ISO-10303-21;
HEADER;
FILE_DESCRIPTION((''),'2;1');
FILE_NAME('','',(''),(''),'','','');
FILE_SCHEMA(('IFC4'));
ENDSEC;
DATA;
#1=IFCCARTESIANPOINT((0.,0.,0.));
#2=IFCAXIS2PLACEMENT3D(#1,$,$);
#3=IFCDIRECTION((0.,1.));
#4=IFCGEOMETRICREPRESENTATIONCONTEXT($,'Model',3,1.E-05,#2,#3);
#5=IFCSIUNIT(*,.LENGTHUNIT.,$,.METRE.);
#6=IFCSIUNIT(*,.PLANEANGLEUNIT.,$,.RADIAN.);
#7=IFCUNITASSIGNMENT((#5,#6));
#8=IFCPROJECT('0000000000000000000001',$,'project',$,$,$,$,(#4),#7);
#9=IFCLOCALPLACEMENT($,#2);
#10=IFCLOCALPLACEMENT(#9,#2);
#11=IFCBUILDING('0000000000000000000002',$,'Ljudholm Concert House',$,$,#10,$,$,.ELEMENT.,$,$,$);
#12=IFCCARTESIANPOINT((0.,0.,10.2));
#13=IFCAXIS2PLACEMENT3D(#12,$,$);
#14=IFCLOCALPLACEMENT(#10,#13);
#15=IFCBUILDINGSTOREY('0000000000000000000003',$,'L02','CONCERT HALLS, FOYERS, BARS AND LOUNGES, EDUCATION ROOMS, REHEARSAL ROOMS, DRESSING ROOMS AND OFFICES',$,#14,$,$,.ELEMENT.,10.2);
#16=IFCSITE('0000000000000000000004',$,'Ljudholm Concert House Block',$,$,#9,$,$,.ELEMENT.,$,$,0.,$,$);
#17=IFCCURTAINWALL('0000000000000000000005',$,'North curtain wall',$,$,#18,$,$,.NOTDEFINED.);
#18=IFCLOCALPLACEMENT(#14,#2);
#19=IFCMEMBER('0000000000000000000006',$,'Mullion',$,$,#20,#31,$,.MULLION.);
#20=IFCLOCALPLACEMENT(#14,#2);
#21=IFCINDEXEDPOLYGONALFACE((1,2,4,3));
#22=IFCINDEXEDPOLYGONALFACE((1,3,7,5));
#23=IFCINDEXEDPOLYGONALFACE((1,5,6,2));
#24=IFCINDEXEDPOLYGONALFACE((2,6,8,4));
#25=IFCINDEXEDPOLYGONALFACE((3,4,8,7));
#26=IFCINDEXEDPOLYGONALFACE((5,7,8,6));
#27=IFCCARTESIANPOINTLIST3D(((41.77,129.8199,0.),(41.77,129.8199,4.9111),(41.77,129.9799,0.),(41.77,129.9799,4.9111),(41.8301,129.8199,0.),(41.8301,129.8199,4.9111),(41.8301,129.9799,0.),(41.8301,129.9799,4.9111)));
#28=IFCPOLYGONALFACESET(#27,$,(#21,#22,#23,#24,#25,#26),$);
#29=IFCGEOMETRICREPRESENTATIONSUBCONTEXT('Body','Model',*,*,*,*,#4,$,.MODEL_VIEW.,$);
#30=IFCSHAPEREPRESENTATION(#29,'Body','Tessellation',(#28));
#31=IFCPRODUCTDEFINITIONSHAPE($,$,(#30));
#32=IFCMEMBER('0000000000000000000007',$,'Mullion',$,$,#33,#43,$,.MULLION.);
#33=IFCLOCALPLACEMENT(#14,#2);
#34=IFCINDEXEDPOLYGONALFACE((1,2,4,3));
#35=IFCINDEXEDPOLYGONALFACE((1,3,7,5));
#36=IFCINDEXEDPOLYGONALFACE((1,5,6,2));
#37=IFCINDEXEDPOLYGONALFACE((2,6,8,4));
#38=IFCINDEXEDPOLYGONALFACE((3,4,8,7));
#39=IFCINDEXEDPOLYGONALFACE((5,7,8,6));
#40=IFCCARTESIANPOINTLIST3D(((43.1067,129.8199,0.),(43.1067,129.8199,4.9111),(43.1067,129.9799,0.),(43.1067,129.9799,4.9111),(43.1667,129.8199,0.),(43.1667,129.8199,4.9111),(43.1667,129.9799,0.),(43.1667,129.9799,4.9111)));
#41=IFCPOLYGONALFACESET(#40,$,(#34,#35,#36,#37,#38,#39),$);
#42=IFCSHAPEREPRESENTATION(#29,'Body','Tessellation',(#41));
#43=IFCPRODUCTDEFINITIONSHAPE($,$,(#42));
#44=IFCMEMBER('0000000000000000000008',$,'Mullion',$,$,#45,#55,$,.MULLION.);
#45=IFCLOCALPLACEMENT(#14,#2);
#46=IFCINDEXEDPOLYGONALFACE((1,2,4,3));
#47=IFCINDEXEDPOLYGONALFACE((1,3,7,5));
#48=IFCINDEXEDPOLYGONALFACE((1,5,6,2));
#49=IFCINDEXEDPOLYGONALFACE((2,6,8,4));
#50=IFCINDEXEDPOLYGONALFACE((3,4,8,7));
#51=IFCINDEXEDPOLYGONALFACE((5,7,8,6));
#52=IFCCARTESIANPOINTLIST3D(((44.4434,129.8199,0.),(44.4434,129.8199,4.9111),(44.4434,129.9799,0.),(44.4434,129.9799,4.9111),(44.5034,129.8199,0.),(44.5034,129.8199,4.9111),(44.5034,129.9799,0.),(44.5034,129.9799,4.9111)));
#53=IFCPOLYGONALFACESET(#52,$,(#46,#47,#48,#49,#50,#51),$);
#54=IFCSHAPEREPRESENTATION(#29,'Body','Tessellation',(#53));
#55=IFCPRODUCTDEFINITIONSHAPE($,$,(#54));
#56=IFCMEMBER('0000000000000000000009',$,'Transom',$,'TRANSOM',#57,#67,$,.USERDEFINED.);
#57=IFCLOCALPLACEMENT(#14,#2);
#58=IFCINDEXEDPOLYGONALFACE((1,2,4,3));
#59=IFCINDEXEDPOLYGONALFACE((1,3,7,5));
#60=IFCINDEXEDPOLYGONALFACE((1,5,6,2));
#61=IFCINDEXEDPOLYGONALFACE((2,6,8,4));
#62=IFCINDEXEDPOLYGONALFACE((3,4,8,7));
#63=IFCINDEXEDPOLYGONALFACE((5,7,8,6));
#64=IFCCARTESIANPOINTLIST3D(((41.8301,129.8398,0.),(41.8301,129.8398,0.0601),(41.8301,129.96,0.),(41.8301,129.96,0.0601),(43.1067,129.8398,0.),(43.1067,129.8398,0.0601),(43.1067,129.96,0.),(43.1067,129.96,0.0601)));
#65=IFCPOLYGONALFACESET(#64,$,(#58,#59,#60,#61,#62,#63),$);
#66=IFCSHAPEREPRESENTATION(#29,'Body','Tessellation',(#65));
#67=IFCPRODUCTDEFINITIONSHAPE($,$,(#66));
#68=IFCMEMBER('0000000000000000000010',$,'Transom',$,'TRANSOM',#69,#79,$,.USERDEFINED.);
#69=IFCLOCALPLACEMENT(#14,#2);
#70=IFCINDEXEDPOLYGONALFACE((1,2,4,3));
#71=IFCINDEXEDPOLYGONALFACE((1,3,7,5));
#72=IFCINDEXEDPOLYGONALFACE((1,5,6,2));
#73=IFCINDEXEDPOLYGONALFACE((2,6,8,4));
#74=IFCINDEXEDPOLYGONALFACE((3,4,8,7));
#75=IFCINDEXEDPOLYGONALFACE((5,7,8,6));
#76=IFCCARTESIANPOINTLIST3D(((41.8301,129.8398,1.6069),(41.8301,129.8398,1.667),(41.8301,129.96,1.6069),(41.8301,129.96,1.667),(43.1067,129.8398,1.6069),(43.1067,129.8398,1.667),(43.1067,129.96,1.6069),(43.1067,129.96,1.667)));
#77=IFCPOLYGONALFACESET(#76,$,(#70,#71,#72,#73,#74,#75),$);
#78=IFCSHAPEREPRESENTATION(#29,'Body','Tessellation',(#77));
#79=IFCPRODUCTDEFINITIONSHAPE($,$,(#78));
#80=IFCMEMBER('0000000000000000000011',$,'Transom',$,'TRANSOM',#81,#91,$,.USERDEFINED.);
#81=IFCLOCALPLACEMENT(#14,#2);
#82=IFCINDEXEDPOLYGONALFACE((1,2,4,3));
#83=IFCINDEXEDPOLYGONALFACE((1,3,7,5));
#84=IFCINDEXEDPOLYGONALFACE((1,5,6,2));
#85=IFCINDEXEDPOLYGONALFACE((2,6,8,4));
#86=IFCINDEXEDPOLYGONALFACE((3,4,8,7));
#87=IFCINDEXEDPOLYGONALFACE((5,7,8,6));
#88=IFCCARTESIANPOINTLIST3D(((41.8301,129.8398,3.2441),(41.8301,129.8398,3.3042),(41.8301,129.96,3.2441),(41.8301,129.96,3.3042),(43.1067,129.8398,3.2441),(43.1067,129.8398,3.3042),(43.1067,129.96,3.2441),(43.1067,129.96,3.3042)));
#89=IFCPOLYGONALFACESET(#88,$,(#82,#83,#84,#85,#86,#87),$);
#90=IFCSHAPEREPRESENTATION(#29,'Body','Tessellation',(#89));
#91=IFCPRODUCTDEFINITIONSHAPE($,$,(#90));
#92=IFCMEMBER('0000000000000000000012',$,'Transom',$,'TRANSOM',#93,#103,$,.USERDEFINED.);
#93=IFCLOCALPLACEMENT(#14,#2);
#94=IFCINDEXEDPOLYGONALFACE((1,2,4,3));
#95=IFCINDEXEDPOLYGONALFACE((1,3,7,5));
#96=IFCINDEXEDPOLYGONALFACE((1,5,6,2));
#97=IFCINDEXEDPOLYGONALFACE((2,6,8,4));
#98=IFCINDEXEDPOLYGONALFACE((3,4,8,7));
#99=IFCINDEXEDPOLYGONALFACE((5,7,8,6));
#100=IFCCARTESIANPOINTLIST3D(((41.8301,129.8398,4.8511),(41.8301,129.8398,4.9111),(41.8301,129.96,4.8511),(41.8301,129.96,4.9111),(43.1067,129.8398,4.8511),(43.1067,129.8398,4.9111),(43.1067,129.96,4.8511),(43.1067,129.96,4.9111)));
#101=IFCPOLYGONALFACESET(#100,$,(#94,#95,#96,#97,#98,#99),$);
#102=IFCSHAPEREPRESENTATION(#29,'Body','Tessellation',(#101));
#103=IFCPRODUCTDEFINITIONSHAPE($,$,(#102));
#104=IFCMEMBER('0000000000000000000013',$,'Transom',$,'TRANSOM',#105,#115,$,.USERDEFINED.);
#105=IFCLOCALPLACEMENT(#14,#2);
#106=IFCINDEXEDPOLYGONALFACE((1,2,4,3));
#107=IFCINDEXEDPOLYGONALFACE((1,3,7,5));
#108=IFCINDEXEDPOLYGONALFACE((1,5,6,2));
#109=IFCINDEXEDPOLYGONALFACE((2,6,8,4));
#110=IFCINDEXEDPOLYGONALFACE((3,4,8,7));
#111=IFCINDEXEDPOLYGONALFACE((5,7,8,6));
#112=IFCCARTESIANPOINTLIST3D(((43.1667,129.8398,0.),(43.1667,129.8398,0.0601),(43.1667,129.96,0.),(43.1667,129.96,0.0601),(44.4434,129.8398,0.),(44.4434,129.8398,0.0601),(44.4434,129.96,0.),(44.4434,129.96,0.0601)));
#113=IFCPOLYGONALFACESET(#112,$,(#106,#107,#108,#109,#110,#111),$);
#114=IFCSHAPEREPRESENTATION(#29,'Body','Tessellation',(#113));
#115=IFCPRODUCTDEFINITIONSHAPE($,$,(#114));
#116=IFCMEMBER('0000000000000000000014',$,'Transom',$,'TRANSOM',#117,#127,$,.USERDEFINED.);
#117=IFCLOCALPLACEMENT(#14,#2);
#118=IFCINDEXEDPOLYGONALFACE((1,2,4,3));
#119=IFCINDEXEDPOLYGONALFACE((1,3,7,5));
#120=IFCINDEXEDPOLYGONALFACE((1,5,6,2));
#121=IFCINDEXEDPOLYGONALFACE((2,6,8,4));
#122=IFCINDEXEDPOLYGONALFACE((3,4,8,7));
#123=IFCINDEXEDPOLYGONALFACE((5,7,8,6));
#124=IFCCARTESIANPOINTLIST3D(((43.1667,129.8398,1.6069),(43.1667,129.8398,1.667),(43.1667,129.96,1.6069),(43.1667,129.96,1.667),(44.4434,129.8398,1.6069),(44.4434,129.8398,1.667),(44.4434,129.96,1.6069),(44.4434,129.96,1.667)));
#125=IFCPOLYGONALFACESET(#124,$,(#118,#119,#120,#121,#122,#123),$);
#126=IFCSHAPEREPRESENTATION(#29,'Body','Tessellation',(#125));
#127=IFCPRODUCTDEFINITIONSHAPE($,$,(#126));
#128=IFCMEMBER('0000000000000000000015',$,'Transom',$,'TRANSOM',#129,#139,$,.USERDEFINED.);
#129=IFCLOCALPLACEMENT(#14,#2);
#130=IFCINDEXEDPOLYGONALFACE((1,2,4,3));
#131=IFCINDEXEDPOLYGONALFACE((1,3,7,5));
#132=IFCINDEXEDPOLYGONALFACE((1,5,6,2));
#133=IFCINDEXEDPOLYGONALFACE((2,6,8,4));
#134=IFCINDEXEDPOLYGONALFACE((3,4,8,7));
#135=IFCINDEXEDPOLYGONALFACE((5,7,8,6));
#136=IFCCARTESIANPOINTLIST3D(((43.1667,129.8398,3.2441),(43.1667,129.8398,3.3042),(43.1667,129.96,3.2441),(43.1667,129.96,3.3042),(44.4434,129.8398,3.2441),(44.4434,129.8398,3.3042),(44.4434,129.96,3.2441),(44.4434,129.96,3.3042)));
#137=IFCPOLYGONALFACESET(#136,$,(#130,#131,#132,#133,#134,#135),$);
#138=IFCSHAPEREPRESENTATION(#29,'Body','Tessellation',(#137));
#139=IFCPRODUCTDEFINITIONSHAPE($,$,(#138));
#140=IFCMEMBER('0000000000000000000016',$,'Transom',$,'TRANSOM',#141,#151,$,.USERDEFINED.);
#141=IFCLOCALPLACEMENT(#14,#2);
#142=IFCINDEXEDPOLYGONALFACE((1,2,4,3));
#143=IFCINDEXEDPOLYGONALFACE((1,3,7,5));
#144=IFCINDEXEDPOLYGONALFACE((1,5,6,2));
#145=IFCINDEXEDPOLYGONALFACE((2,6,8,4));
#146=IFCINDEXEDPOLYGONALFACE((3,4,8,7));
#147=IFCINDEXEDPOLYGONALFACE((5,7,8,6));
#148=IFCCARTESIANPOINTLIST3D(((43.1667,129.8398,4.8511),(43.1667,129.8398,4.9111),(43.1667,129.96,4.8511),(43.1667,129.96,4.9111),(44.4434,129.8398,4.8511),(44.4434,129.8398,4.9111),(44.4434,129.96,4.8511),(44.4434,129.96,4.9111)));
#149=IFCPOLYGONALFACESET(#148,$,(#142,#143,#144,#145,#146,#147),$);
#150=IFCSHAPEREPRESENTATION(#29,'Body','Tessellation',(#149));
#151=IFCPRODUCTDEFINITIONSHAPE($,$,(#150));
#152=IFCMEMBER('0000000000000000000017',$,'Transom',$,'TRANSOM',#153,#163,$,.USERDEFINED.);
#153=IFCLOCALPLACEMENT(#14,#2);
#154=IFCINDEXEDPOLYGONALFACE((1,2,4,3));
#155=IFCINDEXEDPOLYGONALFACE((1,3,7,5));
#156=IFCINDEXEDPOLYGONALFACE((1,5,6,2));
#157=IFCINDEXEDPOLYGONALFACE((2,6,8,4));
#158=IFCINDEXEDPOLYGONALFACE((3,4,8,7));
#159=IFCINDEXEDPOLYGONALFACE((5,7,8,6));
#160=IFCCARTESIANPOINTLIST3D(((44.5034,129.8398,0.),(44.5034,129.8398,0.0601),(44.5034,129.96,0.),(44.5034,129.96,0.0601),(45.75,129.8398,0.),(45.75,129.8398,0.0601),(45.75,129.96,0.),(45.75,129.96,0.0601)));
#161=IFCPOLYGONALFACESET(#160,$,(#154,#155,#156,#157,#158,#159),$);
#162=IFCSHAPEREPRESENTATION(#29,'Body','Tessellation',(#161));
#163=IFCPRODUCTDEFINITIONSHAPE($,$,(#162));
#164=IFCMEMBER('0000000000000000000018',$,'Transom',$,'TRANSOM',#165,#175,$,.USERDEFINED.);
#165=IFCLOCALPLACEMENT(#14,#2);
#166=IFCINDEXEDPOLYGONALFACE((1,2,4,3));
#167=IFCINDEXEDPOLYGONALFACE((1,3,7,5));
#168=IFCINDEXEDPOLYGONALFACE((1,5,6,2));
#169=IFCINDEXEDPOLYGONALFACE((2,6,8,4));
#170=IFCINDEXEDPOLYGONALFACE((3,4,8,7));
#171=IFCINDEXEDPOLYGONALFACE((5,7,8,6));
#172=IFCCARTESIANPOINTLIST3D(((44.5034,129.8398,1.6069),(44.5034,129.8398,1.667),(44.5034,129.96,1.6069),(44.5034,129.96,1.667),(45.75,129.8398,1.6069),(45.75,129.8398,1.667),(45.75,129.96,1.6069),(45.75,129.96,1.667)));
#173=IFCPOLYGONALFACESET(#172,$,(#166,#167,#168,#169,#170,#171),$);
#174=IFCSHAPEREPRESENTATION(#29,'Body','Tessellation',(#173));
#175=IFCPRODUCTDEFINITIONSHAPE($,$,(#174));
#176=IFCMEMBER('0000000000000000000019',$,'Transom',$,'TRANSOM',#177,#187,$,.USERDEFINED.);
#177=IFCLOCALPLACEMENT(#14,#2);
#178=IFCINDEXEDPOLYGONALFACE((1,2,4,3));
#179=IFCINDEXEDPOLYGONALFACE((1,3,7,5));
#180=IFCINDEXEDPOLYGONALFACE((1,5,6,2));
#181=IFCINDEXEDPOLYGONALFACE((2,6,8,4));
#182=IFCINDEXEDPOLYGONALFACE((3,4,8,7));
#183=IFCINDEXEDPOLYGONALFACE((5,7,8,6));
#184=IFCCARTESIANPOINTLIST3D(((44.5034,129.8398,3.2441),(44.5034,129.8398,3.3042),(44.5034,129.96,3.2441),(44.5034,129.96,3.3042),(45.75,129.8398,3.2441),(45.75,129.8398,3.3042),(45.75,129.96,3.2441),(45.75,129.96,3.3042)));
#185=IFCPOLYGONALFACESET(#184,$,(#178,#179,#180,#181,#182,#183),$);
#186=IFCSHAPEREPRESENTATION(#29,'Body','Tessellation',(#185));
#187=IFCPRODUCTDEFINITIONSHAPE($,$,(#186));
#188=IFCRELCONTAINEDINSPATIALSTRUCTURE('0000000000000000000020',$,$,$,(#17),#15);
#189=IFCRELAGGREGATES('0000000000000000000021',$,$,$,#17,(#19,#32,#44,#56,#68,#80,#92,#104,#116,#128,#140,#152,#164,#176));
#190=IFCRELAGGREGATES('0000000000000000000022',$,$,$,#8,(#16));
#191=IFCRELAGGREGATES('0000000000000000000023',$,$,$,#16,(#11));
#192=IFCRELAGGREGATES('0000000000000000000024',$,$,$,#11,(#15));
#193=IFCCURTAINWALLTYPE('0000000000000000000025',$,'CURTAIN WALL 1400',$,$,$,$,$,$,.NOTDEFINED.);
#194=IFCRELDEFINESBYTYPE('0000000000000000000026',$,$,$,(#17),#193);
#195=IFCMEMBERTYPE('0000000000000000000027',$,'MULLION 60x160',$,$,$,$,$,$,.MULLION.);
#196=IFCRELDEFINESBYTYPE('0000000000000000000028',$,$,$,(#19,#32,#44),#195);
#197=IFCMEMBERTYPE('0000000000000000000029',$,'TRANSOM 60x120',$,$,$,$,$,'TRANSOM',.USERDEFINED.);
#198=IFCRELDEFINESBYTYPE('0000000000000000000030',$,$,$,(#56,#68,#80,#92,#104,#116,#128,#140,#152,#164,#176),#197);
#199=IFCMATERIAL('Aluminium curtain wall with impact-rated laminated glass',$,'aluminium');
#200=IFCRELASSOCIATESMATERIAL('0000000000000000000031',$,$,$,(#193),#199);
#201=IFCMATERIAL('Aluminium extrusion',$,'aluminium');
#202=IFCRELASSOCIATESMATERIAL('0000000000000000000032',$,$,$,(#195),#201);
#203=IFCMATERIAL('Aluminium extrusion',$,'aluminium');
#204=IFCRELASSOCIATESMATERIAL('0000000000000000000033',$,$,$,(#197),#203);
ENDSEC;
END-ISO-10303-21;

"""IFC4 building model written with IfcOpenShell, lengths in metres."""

from ifc_helpers import new_model, si_unit, direction, frame, origin, origin_2d, place, context, subcontext, project, spatial, rectangle, extrude, material, material_profile, profile_set, type_object, element, aggregate, save


model = new_model("IFC4")

# Units and contexts
model_context = context("Model", 3, precision=1e-05, world=origin(), true_north=direction((0.0, 1.0)))
body_context = subcontext(model_context, "Body", "Model", "MODEL_VIEW")
ifc_project = project(units=[si_unit("LENGTHUNIT", "METRE"), si_unit("PLANEANGLEUNIT", "RADIAN")], contexts=[model_context])

# Site, building, storey
site_placement = place(None, origin())
site = spatial("IfcSite", under=ifc_project, at=site_placement, Name="Ljudholm Concert House Block", CompositionType="ELEMENT", RefElevation=0.0)
building_placement = place(site_placement, origin())
building = spatial("IfcBuilding", under=site, at=building_placement, Name="Ljudholm Concert House", CompositionType="ELEMENT")
storey_placement = place(building_placement, frame((0.0, 0.0, 10.2)))
storey = spatial("IfcBuildingStorey", under=building, at=storey_placement, Name="L02", Description="CONCERT HALLS, FOYERS, BARS AND LOUNGES, EDUCATION ROOMS, REHEARSAL ROOMS, DRESSING ROOMS AND OFFICES", CompositionType="ELEMENT", Elevation=10.2)

# Curtain wall, members
ifc_material_1 = material(Name="Aluminium curtain wall with impact-rated laminated glass", Category="aluminium")
curtain_wall_type = type_object("IfcCurtainWallType", Name="CURTAIN WALL 1400", PredefinedType="NOTDEFINED", material=ifc_material_1)
curtain_wall_placement = place(storey_placement, origin())
curtain_wall = element("IfcCurtainWall", 1, at=curtain_wall_placement, inside=storey, type_object=curtain_wall_type, Name="North curtain wall", PredefinedType="NOTDEFINED")
ifc_material_2 = material(Name="Aluminium extrusion", Category="aluminium")
ifc_material_profile_1 = material_profile(ifc_material_2, rectangle(XDim=0.1599, YDim=0.0601, at=origin_2d()), Name="MULLION 60x160")
ifc_profile_set_1 = profile_set([ifc_material_profile_1], Name="Aluminium extrusion")
member_type_1 = type_object("IfcMemberType", Name="MULLION 60x160", PredefinedType="MULLION", material=ifc_profile_set_1)
member_1_placement = place(storey_placement, frame((41.8, 129.8999, 0.0), z_axis=(0.0, 0.0, 1.0), x_axis=(0.0, 1.0, 0.0)))
member_1 = element("IfcMember", 2, at=member_1_placement, type_object=member_type_1, Name="Mullion", PredefinedType="MULLION", context=body_context, shape_type="SweptSolid", body=[
    extrude(rectangle(XDim=0.1599, YDim=0.0601, at=origin_2d()), origin(), (0.0, 0.0, 1.0), 4.9111),
])
member_2_placement = place(storey_placement, frame((43.1367, 129.8999, 0.0), z_axis=(0.0, 0.0, 1.0), x_axis=(0.0, 1.0, 0.0)))
member_2 = element("IfcMember", 3, at=member_2_placement, type_object=member_type_1, Name="Mullion", PredefinedType="MULLION", context=body_context, shape_type="SweptSolid", body=[
    extrude(rectangle(XDim=0.1599, YDim=0.0601, at=origin_2d()), origin(), (0.0, 0.0, 1.0), 4.9111),
])
member_3_placement = place(storey_placement, frame((44.4734, 129.8999, 0.0), z_axis=(0.0, 0.0, 1.0), x_axis=(0.0, 1.0, 0.0)))
member_3 = element("IfcMember", 4, at=member_3_placement, type_object=member_type_1, Name="Mullion", PredefinedType="MULLION", context=body_context, shape_type="SweptSolid", body=[
    extrude(rectangle(XDim=0.1599, YDim=0.0601, at=origin_2d()), origin(), (0.0, 0.0, 1.0), 4.9111),
])
ifc_material_3 = material(Name="Aluminium extrusion", Category="aluminium")
ifc_material_profile_2 = material_profile(ifc_material_3, rectangle(XDim=0.1201, YDim=0.0601, at=origin_2d()), Name="TRANSOM 60x120")
ifc_profile_set_2 = profile_set([ifc_material_profile_2], Name="Aluminium extrusion")
member_type_2 = type_object("IfcMemberType", Name="TRANSOM 60x120", ElementType="TRANSOM", PredefinedType="USERDEFINED", material=ifc_profile_set_2)
member_4_placement = place(storey_placement, frame((41.8301, 129.8999, 0.03), z_axis=(1.0, 0.0, 0.0), x_axis=(0.0, 1.0, 0.0)))
member_4 = element("IfcMember", 5, at=member_4_placement, type_object=member_type_2, Name="Transom", ObjectType="TRANSOM", PredefinedType="USERDEFINED", context=body_context, shape_type="SweptSolid", body=[
    extrude(rectangle(XDim=0.1201, YDim=0.0601, at=origin_2d()), origin(), (0.0, 0.0, 1.0), 1.2766),
])
member_5_placement = place(storey_placement, frame((41.8301, 129.8999, 1.637), z_axis=(1.0, 0.0, 0.0), x_axis=(0.0, 1.0, 0.0)))
member_5 = element("IfcMember", 6, at=member_5_placement, type_object=member_type_2, Name="Transom", ObjectType="TRANSOM", PredefinedType="USERDEFINED", context=body_context, shape_type="SweptSolid", body=[
    extrude(rectangle(XDim=0.1201, YDim=0.0601, at=origin_2d()), origin(), (0.0, 0.0, 1.0), 1.2766),
])
member_6_placement = place(storey_placement, frame((41.8301, 129.8999, 3.2742), z_axis=(1.0, 0.0, 0.0), x_axis=(0.0, 1.0, 0.0)))
member_6 = element("IfcMember", 7, at=member_6_placement, type_object=member_type_2, Name="Transom", ObjectType="TRANSOM", PredefinedType="USERDEFINED", context=body_context, shape_type="SweptSolid", body=[
    extrude(rectangle(XDim=0.1201, YDim=0.0601, at=origin_2d()), origin(), (0.0, 0.0, 1.0), 1.2766),
])
member_7_placement = place(storey_placement, frame((41.8301, 129.8999, 4.8811), z_axis=(1.0, 0.0, 0.0), x_axis=(0.0, 1.0, 0.0)))
member_7 = element("IfcMember", 8, at=member_7_placement, type_object=member_type_2, Name="Transom", ObjectType="TRANSOM", PredefinedType="USERDEFINED", context=body_context, shape_type="SweptSolid", body=[
    extrude(rectangle(XDim=0.1201, YDim=0.0601, at=origin_2d()), origin(), (0.0, 0.0, 1.0), 1.2766),
])
member_8_placement = place(storey_placement, frame((43.1667, 129.8999, 0.03), z_axis=(1.0, 0.0, 0.0), x_axis=(0.0, 1.0, 0.0)))
member_8 = element("IfcMember", 9, at=member_8_placement, type_object=member_type_2, Name="Transom", ObjectType="TRANSOM", PredefinedType="USERDEFINED", context=body_context, shape_type="SweptSolid", body=[
    extrude(rectangle(XDim=0.1201, YDim=0.0601, at=origin_2d()), origin(), (0.0, 0.0, 1.0), 1.2766),
])
member_9_placement = place(storey_placement, frame((43.1667, 129.8999, 1.637), z_axis=(1.0, 0.0, 0.0), x_axis=(0.0, 1.0, 0.0)))
member_9 = element("IfcMember", 10, at=member_9_placement, type_object=member_type_2, Name="Transom", ObjectType="TRANSOM", PredefinedType="USERDEFINED", context=body_context, shape_type="SweptSolid", body=[
    extrude(rectangle(XDim=0.1201, YDim=0.0601, at=origin_2d()), origin(), (0.0, 0.0, 1.0), 1.2766),
])
member_10_placement = place(storey_placement, frame((43.1667, 129.8999, 3.2742), z_axis=(1.0, 0.0, 0.0), x_axis=(0.0, 1.0, 0.0)))
member_10 = element("IfcMember", 11, at=member_10_placement, type_object=member_type_2, Name="Transom", ObjectType="TRANSOM", PredefinedType="USERDEFINED", context=body_context, shape_type="SweptSolid", body=[
    extrude(rectangle(XDim=0.1201, YDim=0.0601, at=origin_2d()), origin(), (0.0, 0.0, 1.0), 1.2766),
])
member_11_placement = place(storey_placement, frame((43.1667, 129.8999, 4.8811), z_axis=(1.0, 0.0, 0.0), x_axis=(0.0, 1.0, 0.0)))
member_11 = element("IfcMember", 12, at=member_11_placement, type_object=member_type_2, Name="Transom", ObjectType="TRANSOM", PredefinedType="USERDEFINED", context=body_context, shape_type="SweptSolid", body=[
    extrude(rectangle(XDim=0.1201, YDim=0.0601, at=origin_2d()), origin(), (0.0, 0.0, 1.0), 1.2766),
])
member_12_placement = place(storey_placement, frame((44.5034, 129.8999, 0.03), z_axis=(1.0, 0.0, 0.0), x_axis=(0.0, 1.0, 0.0)))
member_12 = element("IfcMember", 13, at=member_12_placement, type_object=member_type_2, Name="Transom", ObjectType="TRANSOM", PredefinedType="USERDEFINED", context=body_context, shape_type="SweptSolid", body=[
    extrude(rectangle(XDim=0.1201, YDim=0.0601, at=origin_2d()), origin(), (0.0, 0.0, 1.0), 1.2466),
])
member_13_placement = place(storey_placement, frame((44.5034, 129.8999, 1.637), z_axis=(1.0, 0.0, 0.0), x_axis=(0.0, 1.0, 0.0)))
member_13 = element("IfcMember", 14, at=member_13_placement, type_object=member_type_2, Name="Transom", ObjectType="TRANSOM", PredefinedType="USERDEFINED", context=body_context, shape_type="SweptSolid", body=[
    extrude(rectangle(XDim=0.1201, YDim=0.0601, at=origin_2d()), origin(), (0.0, 0.0, 1.0), 1.2466),
])
member_14_placement = place(storey_placement, frame((44.5034, 129.8999, 3.2742), z_axis=(1.0, 0.0, 0.0), x_axis=(0.0, 1.0, 0.0)))
member_14 = element("IfcMember", 15, at=member_14_placement, type_object=member_type_2, Name="Transom", ObjectType="TRANSOM", PredefinedType="USERDEFINED", context=body_context, shape_type="SweptSolid", body=[
    extrude(rectangle(XDim=0.1201, YDim=0.0601, at=origin_2d()), origin(), (0.0, 0.0, 1.0), 1.2466),
])
aggregate(curtain_wall, [member_1, member_2, member_3, member_4, member_5, member_6, member_7, member_8, member_9, member_10, member_11, member_12, member_13, member_14])

save(model, "model.ifc")
